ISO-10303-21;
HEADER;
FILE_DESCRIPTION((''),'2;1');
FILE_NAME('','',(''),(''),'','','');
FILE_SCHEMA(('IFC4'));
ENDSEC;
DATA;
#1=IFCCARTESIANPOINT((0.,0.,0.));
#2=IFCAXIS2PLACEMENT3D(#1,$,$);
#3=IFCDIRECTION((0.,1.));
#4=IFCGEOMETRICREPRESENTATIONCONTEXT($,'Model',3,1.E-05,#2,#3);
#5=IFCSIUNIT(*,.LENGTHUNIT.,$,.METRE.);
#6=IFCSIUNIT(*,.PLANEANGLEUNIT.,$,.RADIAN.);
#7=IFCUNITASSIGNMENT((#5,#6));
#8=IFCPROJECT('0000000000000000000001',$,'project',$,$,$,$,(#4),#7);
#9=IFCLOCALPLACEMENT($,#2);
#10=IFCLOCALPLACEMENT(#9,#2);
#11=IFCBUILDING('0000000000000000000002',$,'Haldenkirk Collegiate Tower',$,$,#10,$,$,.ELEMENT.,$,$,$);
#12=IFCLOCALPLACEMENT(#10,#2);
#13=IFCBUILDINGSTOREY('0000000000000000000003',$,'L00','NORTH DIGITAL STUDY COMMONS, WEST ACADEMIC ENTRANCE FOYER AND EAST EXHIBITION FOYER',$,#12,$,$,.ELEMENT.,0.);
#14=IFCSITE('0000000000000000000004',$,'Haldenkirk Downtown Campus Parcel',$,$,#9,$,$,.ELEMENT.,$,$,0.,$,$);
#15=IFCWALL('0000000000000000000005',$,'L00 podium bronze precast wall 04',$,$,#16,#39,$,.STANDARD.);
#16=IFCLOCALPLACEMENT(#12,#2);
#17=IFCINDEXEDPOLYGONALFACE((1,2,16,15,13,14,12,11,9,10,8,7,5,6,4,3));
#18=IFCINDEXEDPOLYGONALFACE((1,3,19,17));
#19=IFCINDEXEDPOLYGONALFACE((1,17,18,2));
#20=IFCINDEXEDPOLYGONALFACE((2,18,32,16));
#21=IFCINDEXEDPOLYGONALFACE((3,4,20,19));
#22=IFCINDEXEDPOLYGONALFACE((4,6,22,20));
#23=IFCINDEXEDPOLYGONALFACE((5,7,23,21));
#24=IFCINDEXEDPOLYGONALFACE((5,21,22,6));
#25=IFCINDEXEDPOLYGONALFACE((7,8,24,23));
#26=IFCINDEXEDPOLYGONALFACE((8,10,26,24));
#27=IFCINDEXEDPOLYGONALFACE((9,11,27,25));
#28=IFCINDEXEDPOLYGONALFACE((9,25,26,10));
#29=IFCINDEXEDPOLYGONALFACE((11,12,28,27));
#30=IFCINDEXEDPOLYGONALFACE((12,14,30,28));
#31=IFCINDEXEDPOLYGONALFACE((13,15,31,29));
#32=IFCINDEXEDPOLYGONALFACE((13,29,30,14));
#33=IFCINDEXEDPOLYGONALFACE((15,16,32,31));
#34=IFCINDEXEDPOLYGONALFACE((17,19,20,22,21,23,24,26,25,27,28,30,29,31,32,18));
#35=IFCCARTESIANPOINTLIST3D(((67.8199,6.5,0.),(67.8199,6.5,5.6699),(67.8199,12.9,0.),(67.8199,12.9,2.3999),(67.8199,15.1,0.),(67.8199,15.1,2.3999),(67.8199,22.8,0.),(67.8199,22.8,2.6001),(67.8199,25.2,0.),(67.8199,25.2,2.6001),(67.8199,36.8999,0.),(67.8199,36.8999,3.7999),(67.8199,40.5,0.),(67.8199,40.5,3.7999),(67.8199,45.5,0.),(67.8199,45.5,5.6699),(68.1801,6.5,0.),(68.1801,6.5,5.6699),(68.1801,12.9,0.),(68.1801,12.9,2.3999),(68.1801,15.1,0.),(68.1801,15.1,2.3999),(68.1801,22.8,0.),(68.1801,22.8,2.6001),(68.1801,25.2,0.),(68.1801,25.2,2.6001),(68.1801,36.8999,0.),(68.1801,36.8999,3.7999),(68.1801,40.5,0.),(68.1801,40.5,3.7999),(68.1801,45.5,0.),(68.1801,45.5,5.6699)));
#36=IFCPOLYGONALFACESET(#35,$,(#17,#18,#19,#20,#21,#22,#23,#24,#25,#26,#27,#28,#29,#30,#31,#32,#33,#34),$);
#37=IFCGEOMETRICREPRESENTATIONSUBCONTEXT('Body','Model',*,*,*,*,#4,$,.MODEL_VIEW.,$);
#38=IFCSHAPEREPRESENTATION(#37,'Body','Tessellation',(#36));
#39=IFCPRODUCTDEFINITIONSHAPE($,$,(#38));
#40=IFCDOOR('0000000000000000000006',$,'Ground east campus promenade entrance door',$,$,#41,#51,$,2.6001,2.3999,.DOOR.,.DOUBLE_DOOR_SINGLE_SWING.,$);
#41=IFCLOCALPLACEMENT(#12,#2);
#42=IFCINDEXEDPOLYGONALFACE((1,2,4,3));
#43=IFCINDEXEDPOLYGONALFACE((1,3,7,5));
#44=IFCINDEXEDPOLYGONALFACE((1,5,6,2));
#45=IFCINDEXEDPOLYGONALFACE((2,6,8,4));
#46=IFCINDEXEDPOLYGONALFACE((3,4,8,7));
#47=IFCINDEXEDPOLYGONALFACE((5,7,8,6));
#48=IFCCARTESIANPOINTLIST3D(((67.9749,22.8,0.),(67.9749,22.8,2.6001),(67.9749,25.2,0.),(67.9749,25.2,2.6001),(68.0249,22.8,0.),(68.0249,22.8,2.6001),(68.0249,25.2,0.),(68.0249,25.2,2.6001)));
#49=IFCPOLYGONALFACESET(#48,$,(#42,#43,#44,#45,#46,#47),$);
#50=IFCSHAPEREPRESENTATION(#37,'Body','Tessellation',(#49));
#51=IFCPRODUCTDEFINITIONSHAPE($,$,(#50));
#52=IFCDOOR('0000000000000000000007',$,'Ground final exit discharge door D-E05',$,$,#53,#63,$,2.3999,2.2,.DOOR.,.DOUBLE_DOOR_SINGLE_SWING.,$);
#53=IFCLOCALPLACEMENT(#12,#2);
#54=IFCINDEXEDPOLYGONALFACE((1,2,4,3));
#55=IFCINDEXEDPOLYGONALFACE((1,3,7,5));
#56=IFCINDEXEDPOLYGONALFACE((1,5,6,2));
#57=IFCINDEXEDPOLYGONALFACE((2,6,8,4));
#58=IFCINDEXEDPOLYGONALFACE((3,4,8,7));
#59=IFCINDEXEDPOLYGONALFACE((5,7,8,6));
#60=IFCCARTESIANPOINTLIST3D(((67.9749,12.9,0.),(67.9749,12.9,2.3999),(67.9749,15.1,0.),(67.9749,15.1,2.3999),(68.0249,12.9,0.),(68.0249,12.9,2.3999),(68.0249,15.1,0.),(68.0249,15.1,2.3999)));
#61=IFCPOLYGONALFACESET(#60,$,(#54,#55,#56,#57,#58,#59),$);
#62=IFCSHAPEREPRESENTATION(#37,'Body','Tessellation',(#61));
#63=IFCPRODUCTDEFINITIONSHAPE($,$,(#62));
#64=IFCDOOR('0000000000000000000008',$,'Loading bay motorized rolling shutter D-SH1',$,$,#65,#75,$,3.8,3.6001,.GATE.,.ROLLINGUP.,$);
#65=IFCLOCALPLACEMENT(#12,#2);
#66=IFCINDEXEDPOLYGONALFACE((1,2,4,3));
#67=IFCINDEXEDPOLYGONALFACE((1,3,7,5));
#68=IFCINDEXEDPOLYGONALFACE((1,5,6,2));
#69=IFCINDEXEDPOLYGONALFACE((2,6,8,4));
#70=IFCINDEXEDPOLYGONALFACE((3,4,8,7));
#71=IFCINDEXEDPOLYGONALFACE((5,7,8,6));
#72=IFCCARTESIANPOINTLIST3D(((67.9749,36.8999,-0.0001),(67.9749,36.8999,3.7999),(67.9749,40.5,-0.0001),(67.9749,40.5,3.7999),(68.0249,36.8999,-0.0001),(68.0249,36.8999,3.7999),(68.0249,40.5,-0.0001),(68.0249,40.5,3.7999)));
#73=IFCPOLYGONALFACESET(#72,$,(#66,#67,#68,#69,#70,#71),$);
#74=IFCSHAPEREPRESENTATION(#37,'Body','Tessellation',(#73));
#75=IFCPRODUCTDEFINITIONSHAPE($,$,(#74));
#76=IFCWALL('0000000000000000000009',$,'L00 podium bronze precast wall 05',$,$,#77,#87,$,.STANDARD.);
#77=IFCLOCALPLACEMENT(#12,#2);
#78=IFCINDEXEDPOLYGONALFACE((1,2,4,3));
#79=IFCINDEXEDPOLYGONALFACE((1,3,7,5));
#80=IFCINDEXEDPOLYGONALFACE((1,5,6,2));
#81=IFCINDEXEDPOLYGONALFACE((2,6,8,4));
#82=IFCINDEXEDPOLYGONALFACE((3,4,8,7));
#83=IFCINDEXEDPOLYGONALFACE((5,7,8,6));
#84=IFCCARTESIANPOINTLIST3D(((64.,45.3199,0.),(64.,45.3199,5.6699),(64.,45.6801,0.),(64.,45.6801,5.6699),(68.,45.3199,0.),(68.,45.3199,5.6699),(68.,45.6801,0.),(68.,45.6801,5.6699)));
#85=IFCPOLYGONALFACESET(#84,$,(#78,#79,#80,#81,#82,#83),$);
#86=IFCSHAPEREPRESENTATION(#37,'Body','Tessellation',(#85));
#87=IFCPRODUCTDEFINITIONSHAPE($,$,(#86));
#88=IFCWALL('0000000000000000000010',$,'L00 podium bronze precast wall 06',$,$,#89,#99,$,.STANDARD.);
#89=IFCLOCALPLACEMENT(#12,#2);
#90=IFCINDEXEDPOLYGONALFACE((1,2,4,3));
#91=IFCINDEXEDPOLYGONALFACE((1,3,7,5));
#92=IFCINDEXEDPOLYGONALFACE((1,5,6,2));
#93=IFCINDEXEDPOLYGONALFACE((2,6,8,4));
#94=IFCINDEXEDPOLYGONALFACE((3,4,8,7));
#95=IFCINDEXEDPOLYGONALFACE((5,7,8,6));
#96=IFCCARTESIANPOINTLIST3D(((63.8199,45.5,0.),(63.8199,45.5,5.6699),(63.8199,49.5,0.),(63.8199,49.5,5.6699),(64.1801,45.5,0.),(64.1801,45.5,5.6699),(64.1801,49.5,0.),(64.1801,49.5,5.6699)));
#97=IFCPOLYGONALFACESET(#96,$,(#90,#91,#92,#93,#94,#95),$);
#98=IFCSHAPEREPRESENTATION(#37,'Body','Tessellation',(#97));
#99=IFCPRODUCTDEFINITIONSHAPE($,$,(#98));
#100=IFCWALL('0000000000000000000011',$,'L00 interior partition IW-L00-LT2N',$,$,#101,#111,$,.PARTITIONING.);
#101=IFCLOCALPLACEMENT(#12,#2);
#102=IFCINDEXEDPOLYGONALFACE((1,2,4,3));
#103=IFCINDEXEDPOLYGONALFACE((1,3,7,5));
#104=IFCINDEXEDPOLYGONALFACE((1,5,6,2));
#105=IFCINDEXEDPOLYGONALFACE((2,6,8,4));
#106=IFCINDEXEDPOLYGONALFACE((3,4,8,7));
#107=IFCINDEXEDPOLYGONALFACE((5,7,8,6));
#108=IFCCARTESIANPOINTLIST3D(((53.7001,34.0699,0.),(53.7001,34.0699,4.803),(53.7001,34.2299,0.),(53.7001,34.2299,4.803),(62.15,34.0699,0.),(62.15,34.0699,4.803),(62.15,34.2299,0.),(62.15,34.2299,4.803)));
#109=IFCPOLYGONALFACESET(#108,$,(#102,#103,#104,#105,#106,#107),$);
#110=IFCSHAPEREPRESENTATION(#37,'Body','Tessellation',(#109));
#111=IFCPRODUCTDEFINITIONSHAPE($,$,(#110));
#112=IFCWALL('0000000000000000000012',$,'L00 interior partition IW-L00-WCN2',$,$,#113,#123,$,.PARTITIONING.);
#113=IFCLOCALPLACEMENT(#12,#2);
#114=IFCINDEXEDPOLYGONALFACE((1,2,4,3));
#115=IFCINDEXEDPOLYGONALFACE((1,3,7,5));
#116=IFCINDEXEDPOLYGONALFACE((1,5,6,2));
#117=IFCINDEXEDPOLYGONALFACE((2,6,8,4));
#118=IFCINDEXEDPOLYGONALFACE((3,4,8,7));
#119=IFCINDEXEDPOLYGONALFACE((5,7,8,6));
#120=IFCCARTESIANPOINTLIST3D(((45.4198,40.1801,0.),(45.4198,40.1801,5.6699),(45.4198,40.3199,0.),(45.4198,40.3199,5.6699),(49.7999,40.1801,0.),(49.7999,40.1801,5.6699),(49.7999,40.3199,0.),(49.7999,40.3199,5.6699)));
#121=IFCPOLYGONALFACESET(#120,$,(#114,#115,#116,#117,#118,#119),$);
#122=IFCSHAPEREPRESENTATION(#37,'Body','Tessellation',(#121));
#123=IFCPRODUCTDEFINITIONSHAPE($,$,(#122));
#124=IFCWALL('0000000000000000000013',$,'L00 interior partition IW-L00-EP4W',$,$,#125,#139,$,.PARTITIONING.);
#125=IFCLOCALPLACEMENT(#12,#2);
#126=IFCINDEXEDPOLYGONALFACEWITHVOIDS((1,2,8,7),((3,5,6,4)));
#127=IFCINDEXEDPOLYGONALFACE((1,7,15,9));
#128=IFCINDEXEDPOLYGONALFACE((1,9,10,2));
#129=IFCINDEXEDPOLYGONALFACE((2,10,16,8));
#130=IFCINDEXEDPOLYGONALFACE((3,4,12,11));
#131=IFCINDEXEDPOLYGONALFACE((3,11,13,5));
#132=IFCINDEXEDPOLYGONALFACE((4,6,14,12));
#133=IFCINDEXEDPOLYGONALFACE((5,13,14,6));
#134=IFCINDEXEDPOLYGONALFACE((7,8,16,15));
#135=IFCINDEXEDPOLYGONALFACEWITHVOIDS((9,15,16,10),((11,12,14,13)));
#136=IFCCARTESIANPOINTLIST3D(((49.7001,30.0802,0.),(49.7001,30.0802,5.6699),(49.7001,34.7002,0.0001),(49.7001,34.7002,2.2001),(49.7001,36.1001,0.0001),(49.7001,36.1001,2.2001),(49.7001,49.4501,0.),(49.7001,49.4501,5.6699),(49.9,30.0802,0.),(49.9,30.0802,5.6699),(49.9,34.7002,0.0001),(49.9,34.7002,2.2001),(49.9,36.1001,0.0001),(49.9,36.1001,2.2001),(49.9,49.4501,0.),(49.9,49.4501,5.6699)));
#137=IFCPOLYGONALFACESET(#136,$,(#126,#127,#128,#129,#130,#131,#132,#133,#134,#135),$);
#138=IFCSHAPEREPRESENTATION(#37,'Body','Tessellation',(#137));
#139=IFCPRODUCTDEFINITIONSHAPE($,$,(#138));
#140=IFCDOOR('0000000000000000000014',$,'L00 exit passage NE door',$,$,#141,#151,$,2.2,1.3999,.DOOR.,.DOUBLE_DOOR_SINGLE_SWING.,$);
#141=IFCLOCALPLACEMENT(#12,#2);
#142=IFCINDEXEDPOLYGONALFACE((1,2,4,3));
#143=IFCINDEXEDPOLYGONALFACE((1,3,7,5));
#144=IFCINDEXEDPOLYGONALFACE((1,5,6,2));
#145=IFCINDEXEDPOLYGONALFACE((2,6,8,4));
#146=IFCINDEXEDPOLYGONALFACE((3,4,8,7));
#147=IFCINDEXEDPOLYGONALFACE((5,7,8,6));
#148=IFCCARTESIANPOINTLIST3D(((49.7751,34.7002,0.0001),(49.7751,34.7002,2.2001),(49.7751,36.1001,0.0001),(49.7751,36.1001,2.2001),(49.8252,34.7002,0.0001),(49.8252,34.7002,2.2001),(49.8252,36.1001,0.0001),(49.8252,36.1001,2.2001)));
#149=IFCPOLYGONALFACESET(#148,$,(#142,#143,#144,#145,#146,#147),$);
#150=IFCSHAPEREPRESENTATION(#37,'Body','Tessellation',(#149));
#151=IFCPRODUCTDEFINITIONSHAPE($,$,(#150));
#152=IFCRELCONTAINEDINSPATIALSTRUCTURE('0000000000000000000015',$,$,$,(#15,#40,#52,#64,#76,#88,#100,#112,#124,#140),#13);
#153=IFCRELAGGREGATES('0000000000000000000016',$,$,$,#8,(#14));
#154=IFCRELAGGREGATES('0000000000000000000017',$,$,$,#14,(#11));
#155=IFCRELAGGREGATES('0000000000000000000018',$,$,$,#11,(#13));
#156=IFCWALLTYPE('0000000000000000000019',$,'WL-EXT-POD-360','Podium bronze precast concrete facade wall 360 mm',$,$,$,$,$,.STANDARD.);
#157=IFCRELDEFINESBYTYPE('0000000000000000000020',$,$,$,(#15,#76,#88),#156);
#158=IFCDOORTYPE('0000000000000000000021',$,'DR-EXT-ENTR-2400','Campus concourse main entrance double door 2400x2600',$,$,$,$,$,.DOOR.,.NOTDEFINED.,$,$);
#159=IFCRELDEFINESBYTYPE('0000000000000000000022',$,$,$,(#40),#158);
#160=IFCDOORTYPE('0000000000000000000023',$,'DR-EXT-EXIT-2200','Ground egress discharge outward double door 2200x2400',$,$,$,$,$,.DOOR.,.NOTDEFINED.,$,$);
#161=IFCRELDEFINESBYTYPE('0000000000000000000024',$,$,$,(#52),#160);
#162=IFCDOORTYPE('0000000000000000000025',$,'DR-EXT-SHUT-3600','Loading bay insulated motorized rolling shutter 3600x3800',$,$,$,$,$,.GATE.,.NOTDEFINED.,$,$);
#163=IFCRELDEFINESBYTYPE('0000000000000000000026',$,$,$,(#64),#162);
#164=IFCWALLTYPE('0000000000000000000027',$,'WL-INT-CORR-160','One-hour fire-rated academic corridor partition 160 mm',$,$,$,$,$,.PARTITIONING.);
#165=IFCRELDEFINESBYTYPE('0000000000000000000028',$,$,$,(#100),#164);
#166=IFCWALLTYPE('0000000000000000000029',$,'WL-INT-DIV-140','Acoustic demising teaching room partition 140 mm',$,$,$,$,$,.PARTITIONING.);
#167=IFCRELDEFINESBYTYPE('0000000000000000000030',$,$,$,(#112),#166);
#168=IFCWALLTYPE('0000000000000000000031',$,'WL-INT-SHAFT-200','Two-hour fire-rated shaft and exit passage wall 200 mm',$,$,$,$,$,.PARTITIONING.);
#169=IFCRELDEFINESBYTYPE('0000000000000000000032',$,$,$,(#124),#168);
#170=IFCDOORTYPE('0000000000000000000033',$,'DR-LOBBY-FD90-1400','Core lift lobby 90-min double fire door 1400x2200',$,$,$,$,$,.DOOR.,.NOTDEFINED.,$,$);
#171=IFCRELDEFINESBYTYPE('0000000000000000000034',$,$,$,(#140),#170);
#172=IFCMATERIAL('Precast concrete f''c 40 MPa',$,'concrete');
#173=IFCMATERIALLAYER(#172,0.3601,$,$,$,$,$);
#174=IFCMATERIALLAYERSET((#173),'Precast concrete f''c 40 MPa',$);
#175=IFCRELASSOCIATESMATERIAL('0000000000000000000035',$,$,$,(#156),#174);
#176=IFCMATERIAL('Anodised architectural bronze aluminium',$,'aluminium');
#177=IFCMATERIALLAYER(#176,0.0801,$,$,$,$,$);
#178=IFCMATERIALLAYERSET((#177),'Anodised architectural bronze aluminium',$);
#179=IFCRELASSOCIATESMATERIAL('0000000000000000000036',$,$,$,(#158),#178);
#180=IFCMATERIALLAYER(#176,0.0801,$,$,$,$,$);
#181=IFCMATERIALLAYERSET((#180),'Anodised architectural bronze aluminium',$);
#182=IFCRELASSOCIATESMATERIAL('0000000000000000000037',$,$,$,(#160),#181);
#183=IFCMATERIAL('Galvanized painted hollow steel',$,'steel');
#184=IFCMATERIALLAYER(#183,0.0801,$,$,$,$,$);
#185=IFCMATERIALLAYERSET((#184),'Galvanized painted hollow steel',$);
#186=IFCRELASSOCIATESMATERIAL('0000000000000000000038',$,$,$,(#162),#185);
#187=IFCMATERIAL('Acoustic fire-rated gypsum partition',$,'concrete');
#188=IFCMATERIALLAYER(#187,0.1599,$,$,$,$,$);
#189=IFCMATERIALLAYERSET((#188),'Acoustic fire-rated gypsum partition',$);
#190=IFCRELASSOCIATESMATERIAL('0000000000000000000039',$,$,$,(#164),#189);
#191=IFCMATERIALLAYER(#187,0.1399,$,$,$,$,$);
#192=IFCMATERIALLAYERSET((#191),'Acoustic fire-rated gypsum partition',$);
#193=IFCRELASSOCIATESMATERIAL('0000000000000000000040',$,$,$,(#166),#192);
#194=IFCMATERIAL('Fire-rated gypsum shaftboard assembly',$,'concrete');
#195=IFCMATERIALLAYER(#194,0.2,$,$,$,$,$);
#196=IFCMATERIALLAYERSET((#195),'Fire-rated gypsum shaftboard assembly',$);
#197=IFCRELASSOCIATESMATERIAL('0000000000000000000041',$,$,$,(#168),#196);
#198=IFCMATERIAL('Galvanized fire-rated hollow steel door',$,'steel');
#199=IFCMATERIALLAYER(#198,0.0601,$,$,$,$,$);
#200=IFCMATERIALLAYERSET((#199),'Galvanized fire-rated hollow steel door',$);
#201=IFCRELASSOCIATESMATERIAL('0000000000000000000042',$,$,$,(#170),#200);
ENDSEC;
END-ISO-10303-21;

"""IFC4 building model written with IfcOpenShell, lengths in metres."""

from ifc_helpers import new_model, si_unit, direction, frame, frame_2d, origin, place, context, subcontext, project, spatial, rectangle, extrude, material, layer, layer_set, type_object, element, fill, save


model = new_model("IFC4")

# Units and contexts
model_context = context("Model", 3, precision=1e-05, world=origin(), true_north=direction((0.0, 1.0)))
body_context = subcontext(model_context, "Body", "Model", "MODEL_VIEW")
ifc_project = project(units=[si_unit("LENGTHUNIT", "METRE"), si_unit("PLANEANGLEUNIT", "RADIAN")], contexts=[model_context])

# Site, building, storey
site_placement = place(None, origin())
site = spatial("IfcSite", under=ifc_project, at=site_placement, Name="Haldenkirk Downtown Campus Parcel", CompositionType="ELEMENT", RefElevation=0.0)
building_placement = place(site_placement, origin())
building = spatial("IfcBuilding", under=site, at=building_placement, Name="Haldenkirk Collegiate Tower", CompositionType="ELEMENT")
storey_placement = place(building_placement, origin())
storey = spatial("IfcBuildingStorey", under=building, at=storey_placement, Name="L00", Description="NORTH DIGITAL STUDY COMMONS, WEST ACADEMIC ENTRANCE FOYER AND EAST EXHIBITION FOYER", CompositionType="ELEMENT", Elevation=0.0)

# Wall, openings, doors
ifc_material_1 = material(Name="Precast concrete f'c 40 MPa", Category="concrete")
ifc_layer_1 = layer(ifc_material_1, 0.3601)
ifc_layer_set_1 = layer_set([ifc_layer_1], Name="Precast concrete f'c 40 MPa")
wall_type_1 = type_object("IfcWallType", Name="WL-EXT-POD-360", Description="Podium bronze precast concrete facade wall 360 mm", PredefinedType="STANDARD", material=ifc_layer_set_1)
wall_1_placement = place(storey_placement, frame((68.0, 45.5, 0.0), z_axis=(0.0, 0.0, 1.0), x_axis=(0.0, -1.0, 0.0)))
wall_1 = element("IfcWall", 1, at=wall_1_placement, inside=storey, type_object=wall_type_1, Name="L00 podium bronze precast wall 04", PredefinedType="STANDARD", context=body_context, shape_type="SweptSolid", body=[
    extrude(rectangle(XDim=39.0, YDim=0.3601, at=frame_2d((19.5, 0.0))), origin(), (0.0, 0.0, 1.0), 5.6699),
])
opening_1_placement = place(wall_1_placement, frame((30.3999, 0.0, 0.0)))
opening_1 = element("IfcOpeningElement", 2, at=opening_1_placement, cuts=wall_1, PredefinedType="OPENING", context=body_context, shape_type="SweptSolid", body=[
    extrude(rectangle(XDim=2.2, YDim=2.3999, at=frame_2d((1.1001, 1.2))), frame((0.0, 0.1899, 0.0), z_axis=(0.0, -1.0, 0.0), x_axis=(1.0, 0.0, 0.0)), (0.0, 0.0, 1.0), 0.3801),
])
opening_2_placement = place(wall_1_placement, frame((20.3, 0.0, 0.0)))
opening_2 = element("IfcOpeningElement", 3, at=opening_2_placement, cuts=wall_1, PredefinedType="OPENING", context=body_context, shape_type="SweptSolid", body=[
    extrude(rectangle(XDim=2.3999, YDim=2.6001, at=frame_2d((1.2, 1.3))), frame((0.0, 0.1899, 0.0), z_axis=(0.0, -1.0, 0.0), x_axis=(1.0, 0.0, 0.0)), (0.0, 0.0, 1.0), 0.3801),
])
opening_3_placement = place(wall_1_placement, frame((5.0, 0.0, 0.0)))
opening_3 = element("IfcOpeningElement", 4, at=opening_3_placement, cuts=wall_1, PredefinedType="OPENING", context=body_context, shape_type="SweptSolid", body=[
    extrude(rectangle(XDim=3.6001, YDim=3.8, at=frame_2d((1.8, 1.8999))), frame((0.0, 0.1899, 0.0), z_axis=(0.0, -1.0, 0.0), x_axis=(1.0, 0.0, 0.0)), (0.0, 0.0, 1.0), 0.3801),
])
ifc_material_2 = material(Name="Anodised architectural bronze aluminium", Category="aluminium")
ifc_layer_2 = layer(ifc_material_2, 0.0801)
ifc_layer_set_2 = layer_set([ifc_layer_2], Name="Anodised architectural bronze aluminium")
door_type_1 = type_object("IfcDoorType", Name="DR-EXT-ENTR-2400", Description="Campus concourse main entrance double door 2400x2600", OperationType="NOTDEFINED", PredefinedType="DOOR", material=ifc_layer_set_2)
door_1_placement = place(opening_2_placement, origin())
door_1 = element("IfcDoor", 5, at=door_1_placement, inside=storey, type_object=door_type_1, Name="Ground east campus promenade entrance door", OperationType="DOUBLE_DOOR_SINGLE_SWING", OverallHeight=2.6001, OverallWidth=2.3999, PredefinedType="DOOR", context=body_context, shape_type="SweptSolid", body=[
    extrude(rectangle(XDim=2.3999, YDim=2.6001, at=frame_2d((1.2, 1.3))), frame((0.0, 0.0249, 0.0), z_axis=(0.0, -1.0, 0.0), x_axis=(1.0, 0.0, 0.0)), (0.0, 0.0, 1.0), 0.05),
])
fill(opening_2, door_1)
ifc_layer_3 = layer(ifc_material_2, 0.0801)
ifc_layer_set_3 = layer_set([ifc_layer_3], Name="Anodised architectural bronze aluminium")
door_type_2 = type_object("IfcDoorType", Name="DR-EXT-EXIT-2200", Description="Ground egress discharge outward double door 2200x2400", OperationType="NOTDEFINED", PredefinedType="DOOR", material=ifc_layer_set_3)
door_2_placement = place(opening_1_placement, origin())
door_2 = element("IfcDoor", 6, at=door_2_placement, inside=storey, type_object=door_type_2, Name="Ground final exit discharge door D-E05", OperationType="DOUBLE_DOOR_SINGLE_SWING", OverallHeight=2.3999, OverallWidth=2.2, PredefinedType="DOOR", context=body_context, shape_type="SweptSolid", body=[
    extrude(rectangle(XDim=2.2, YDim=2.3999, at=frame_2d((1.1001, 1.2))), frame((0.0, 0.0249, 0.0), z_axis=(0.0, -1.0, 0.0), x_axis=(1.0, 0.0, 0.0)), (0.0, 0.0, 1.0), 0.05),
])
fill(opening_1, door_2)
ifc_material_3 = material(Name="Galvanized painted hollow steel", Category="steel")
ifc_layer_4 = layer(ifc_material_3, 0.0801)
ifc_layer_set_4 = layer_set([ifc_layer_4], Name="Galvanized painted hollow steel")
door_type_3 = type_object("IfcDoorType", Name="DR-EXT-SHUT-3600", Description="Loading bay insulated motorized rolling shutter 3600x3800", OperationType="NOTDEFINED", PredefinedType="GATE", material=ifc_layer_set_4)
door_3_placement = place(opening_3_placement, origin())
door_3 = element("IfcDoor", 7, at=door_3_placement, inside=storey, type_object=door_type_3, Name="Loading bay motorized rolling shutter D-SH1", OperationType="ROLLINGUP", OverallHeight=3.8, OverallWidth=3.6001, PredefinedType="GATE", context=body_context, shape_type="SweptSolid", body=[
    extrude(rectangle(XDim=3.6001, YDim=3.8, at=frame_2d((1.8, 1.8999))), frame((0.0, 0.0249, 0.0), z_axis=(0.0, -1.0, 0.0), x_axis=(1.0, 0.0, 0.0)), (0.0, 0.0, 1.0), 0.05),
])
fill(opening_3, door_3)

# Walls
for number, where, z_axis, x_axis, name in (
    (8, (64.0, 45.5, 0.0), (0.0, 0.0, 1.0), (1.0, 0.0, 0.0), "L00 podium bronze precast wall 05"),
    (9, (64.0, 49.5, 0.0), (0.0, 0.0, 1.0), (0.0, -1.0, 0.0), "L00 podium bronze precast wall 06"),
):
    element("IfcWall", number, at=place(storey_placement, frame(where, z_axis=z_axis, x_axis=x_axis)), inside=storey, type_object=wall_type_1, Name=name, PredefinedType="STANDARD", context=body_context, shape_type="SweptSolid", body=[
        extrude(rectangle(XDim=4.0, YDim=0.3601, at=frame_2d((2.0, 0.0))), origin(), (0.0, 0.0, 1.0), 5.6699),
    ])
ifc_material_4 = material(Name="Acoustic fire-rated gypsum partition", Category="concrete")
ifc_layer_5 = layer(ifc_material_4, 0.1599)
ifc_layer_set_5 = layer_set([ifc_layer_5], Name="Acoustic fire-rated gypsum partition")
wall_type_2 = type_object("IfcWallType", Name="WL-INT-CORR-160", Description="One-hour fire-rated academic corridor partition 160 mm", PredefinedType="PARTITIONING", material=ifc_layer_set_5)
wall_2_placement = place(storey_placement, frame((53.7, 34.1499, 0.0), z_axis=(0.0, 0.0, 1.0), x_axis=(1.0, 0.0, 0.0)))
element("IfcWall", 10, at=wall_2_placement, inside=storey, type_object=wall_type_2, Name="L00 interior partition IW-L00-LT2N", PredefinedType="PARTITIONING", context=body_context, shape_type="SweptSolid", body=[
    extrude(rectangle(XDim=8.45, YDim=0.1599, at=frame_2d((4.2251, 0.0))), origin(), (0.0, 0.0, 1.0), 4.803),
])
ifc_layer_6 = layer(ifc_material_4, 0.1399)
ifc_layer_set_6 = layer_set([ifc_layer_6], Name="Acoustic fire-rated gypsum partition")
wall_type_3 = type_object("IfcWallType", Name="WL-INT-DIV-140", Description="Acoustic demising teaching room partition 140 mm", PredefinedType="PARTITIONING", material=ifc_layer_set_6)
wall_3_placement = place(storey_placement, frame((45.4199, 40.25, 0.0), z_axis=(0.0, 0.0, 1.0), x_axis=(1.0, 0.0, 0.0)))
element("IfcWall", 11, at=wall_3_placement, inside=storey, type_object=wall_type_3, Name="L00 interior partition IW-L00-WCN2", PredefinedType="PARTITIONING", context=body_context, shape_type="SweptSolid", body=[
    extrude(rectangle(XDim=4.3801, YDim=0.1399, at=frame_2d((2.1899, 0.0))), origin(), (0.0, 0.0, 1.0), 5.6699),
])

# Wall, opening, door
ifc_material_5 = material(Name="Fire-rated gypsum shaftboard assembly", Category="concrete")
ifc_layer_7 = layer(ifc_material_5, 0.2)
ifc_layer_set_7 = layer_set([ifc_layer_7], Name="Fire-rated gypsum shaftboard assembly")
wall_type_4 = type_object("IfcWallType", Name="WL-INT-SHAFT-200", Description="Two-hour fire-rated shaft and exit passage wall 200 mm", PredefinedType="PARTITIONING", material=ifc_layer_set_7)
wall_4_placement = place(storey_placement, frame((49.8, 30.0801, 0.0), z_axis=(0.0, 0.0, 1.0), x_axis=(0.0, 1.0, 0.0)))
wall_4 = element("IfcWall", 12, at=wall_4_placement, inside=storey, type_object=wall_type_4, Name="L00 interior partition IW-L00-EP4W", PredefinedType="PARTITIONING", context=body_context, shape_type="SweptSolid", body=[
    extrude(rectangle(XDim=19.3699, YDim=0.2, at=frame_2d((9.6851, 0.0))), origin(), (0.0, 0.0, 1.0), 5.6699),
])
opening_4_placement = place(wall_4_placement, frame((4.6201, 0.0, 0.0)))
opening_4 = element("IfcOpeningElement", 13, at=opening_4_placement, cuts=wall_4, PredefinedType="OPENING", context=body_context, shape_type="SweptSolid", body=[
    extrude(rectangle(XDim=1.3999, YDim=2.2, at=frame_2d((0.7, 1.1001))), frame((0.0, 0.1099, 0.0), z_axis=(0.0, -1.0, 0.0), x_axis=(1.0, 0.0, 0.0)), (0.0, 0.0, 1.0), 0.22),
])
ifc_material_6 = material(Name="Galvanized fire-rated hollow steel door", Category="steel")
ifc_layer_8 = layer(ifc_material_6, 0.0601)
ifc_layer_set_8 = layer_set([ifc_layer_8], Name="Galvanized fire-rated hollow steel door")
door_type_4 = type_object("IfcDoorType", Name="DR-LOBBY-FD90-1400", Description="Core lift lobby 90-min double fire door 1400x2200", OperationType="NOTDEFINED", PredefinedType="DOOR", material=ifc_layer_set_8)
door_4_placement = place(opening_4_placement, origin())
door_4 = element("IfcDoor", 14, at=door_4_placement, inside=storey, type_object=door_type_4, Name="L00 exit passage NE door", OperationType="DOUBLE_DOOR_SINGLE_SWING", OverallHeight=2.2, OverallWidth=1.3999, PredefinedType="DOOR", context=body_context, shape_type="SweptSolid", body=[
    extrude(rectangle(XDim=1.3999, YDim=2.2, at=frame_2d((0.7, 1.1001))), frame((0.0, 0.0249, 0.0), z_axis=(0.0, -1.0, 0.0), x_axis=(1.0, 0.0, 0.0)), (0.0, 0.0, 1.0), 0.05),
])
fill(opening_4, door_4)

save(model, "model.ifc")
